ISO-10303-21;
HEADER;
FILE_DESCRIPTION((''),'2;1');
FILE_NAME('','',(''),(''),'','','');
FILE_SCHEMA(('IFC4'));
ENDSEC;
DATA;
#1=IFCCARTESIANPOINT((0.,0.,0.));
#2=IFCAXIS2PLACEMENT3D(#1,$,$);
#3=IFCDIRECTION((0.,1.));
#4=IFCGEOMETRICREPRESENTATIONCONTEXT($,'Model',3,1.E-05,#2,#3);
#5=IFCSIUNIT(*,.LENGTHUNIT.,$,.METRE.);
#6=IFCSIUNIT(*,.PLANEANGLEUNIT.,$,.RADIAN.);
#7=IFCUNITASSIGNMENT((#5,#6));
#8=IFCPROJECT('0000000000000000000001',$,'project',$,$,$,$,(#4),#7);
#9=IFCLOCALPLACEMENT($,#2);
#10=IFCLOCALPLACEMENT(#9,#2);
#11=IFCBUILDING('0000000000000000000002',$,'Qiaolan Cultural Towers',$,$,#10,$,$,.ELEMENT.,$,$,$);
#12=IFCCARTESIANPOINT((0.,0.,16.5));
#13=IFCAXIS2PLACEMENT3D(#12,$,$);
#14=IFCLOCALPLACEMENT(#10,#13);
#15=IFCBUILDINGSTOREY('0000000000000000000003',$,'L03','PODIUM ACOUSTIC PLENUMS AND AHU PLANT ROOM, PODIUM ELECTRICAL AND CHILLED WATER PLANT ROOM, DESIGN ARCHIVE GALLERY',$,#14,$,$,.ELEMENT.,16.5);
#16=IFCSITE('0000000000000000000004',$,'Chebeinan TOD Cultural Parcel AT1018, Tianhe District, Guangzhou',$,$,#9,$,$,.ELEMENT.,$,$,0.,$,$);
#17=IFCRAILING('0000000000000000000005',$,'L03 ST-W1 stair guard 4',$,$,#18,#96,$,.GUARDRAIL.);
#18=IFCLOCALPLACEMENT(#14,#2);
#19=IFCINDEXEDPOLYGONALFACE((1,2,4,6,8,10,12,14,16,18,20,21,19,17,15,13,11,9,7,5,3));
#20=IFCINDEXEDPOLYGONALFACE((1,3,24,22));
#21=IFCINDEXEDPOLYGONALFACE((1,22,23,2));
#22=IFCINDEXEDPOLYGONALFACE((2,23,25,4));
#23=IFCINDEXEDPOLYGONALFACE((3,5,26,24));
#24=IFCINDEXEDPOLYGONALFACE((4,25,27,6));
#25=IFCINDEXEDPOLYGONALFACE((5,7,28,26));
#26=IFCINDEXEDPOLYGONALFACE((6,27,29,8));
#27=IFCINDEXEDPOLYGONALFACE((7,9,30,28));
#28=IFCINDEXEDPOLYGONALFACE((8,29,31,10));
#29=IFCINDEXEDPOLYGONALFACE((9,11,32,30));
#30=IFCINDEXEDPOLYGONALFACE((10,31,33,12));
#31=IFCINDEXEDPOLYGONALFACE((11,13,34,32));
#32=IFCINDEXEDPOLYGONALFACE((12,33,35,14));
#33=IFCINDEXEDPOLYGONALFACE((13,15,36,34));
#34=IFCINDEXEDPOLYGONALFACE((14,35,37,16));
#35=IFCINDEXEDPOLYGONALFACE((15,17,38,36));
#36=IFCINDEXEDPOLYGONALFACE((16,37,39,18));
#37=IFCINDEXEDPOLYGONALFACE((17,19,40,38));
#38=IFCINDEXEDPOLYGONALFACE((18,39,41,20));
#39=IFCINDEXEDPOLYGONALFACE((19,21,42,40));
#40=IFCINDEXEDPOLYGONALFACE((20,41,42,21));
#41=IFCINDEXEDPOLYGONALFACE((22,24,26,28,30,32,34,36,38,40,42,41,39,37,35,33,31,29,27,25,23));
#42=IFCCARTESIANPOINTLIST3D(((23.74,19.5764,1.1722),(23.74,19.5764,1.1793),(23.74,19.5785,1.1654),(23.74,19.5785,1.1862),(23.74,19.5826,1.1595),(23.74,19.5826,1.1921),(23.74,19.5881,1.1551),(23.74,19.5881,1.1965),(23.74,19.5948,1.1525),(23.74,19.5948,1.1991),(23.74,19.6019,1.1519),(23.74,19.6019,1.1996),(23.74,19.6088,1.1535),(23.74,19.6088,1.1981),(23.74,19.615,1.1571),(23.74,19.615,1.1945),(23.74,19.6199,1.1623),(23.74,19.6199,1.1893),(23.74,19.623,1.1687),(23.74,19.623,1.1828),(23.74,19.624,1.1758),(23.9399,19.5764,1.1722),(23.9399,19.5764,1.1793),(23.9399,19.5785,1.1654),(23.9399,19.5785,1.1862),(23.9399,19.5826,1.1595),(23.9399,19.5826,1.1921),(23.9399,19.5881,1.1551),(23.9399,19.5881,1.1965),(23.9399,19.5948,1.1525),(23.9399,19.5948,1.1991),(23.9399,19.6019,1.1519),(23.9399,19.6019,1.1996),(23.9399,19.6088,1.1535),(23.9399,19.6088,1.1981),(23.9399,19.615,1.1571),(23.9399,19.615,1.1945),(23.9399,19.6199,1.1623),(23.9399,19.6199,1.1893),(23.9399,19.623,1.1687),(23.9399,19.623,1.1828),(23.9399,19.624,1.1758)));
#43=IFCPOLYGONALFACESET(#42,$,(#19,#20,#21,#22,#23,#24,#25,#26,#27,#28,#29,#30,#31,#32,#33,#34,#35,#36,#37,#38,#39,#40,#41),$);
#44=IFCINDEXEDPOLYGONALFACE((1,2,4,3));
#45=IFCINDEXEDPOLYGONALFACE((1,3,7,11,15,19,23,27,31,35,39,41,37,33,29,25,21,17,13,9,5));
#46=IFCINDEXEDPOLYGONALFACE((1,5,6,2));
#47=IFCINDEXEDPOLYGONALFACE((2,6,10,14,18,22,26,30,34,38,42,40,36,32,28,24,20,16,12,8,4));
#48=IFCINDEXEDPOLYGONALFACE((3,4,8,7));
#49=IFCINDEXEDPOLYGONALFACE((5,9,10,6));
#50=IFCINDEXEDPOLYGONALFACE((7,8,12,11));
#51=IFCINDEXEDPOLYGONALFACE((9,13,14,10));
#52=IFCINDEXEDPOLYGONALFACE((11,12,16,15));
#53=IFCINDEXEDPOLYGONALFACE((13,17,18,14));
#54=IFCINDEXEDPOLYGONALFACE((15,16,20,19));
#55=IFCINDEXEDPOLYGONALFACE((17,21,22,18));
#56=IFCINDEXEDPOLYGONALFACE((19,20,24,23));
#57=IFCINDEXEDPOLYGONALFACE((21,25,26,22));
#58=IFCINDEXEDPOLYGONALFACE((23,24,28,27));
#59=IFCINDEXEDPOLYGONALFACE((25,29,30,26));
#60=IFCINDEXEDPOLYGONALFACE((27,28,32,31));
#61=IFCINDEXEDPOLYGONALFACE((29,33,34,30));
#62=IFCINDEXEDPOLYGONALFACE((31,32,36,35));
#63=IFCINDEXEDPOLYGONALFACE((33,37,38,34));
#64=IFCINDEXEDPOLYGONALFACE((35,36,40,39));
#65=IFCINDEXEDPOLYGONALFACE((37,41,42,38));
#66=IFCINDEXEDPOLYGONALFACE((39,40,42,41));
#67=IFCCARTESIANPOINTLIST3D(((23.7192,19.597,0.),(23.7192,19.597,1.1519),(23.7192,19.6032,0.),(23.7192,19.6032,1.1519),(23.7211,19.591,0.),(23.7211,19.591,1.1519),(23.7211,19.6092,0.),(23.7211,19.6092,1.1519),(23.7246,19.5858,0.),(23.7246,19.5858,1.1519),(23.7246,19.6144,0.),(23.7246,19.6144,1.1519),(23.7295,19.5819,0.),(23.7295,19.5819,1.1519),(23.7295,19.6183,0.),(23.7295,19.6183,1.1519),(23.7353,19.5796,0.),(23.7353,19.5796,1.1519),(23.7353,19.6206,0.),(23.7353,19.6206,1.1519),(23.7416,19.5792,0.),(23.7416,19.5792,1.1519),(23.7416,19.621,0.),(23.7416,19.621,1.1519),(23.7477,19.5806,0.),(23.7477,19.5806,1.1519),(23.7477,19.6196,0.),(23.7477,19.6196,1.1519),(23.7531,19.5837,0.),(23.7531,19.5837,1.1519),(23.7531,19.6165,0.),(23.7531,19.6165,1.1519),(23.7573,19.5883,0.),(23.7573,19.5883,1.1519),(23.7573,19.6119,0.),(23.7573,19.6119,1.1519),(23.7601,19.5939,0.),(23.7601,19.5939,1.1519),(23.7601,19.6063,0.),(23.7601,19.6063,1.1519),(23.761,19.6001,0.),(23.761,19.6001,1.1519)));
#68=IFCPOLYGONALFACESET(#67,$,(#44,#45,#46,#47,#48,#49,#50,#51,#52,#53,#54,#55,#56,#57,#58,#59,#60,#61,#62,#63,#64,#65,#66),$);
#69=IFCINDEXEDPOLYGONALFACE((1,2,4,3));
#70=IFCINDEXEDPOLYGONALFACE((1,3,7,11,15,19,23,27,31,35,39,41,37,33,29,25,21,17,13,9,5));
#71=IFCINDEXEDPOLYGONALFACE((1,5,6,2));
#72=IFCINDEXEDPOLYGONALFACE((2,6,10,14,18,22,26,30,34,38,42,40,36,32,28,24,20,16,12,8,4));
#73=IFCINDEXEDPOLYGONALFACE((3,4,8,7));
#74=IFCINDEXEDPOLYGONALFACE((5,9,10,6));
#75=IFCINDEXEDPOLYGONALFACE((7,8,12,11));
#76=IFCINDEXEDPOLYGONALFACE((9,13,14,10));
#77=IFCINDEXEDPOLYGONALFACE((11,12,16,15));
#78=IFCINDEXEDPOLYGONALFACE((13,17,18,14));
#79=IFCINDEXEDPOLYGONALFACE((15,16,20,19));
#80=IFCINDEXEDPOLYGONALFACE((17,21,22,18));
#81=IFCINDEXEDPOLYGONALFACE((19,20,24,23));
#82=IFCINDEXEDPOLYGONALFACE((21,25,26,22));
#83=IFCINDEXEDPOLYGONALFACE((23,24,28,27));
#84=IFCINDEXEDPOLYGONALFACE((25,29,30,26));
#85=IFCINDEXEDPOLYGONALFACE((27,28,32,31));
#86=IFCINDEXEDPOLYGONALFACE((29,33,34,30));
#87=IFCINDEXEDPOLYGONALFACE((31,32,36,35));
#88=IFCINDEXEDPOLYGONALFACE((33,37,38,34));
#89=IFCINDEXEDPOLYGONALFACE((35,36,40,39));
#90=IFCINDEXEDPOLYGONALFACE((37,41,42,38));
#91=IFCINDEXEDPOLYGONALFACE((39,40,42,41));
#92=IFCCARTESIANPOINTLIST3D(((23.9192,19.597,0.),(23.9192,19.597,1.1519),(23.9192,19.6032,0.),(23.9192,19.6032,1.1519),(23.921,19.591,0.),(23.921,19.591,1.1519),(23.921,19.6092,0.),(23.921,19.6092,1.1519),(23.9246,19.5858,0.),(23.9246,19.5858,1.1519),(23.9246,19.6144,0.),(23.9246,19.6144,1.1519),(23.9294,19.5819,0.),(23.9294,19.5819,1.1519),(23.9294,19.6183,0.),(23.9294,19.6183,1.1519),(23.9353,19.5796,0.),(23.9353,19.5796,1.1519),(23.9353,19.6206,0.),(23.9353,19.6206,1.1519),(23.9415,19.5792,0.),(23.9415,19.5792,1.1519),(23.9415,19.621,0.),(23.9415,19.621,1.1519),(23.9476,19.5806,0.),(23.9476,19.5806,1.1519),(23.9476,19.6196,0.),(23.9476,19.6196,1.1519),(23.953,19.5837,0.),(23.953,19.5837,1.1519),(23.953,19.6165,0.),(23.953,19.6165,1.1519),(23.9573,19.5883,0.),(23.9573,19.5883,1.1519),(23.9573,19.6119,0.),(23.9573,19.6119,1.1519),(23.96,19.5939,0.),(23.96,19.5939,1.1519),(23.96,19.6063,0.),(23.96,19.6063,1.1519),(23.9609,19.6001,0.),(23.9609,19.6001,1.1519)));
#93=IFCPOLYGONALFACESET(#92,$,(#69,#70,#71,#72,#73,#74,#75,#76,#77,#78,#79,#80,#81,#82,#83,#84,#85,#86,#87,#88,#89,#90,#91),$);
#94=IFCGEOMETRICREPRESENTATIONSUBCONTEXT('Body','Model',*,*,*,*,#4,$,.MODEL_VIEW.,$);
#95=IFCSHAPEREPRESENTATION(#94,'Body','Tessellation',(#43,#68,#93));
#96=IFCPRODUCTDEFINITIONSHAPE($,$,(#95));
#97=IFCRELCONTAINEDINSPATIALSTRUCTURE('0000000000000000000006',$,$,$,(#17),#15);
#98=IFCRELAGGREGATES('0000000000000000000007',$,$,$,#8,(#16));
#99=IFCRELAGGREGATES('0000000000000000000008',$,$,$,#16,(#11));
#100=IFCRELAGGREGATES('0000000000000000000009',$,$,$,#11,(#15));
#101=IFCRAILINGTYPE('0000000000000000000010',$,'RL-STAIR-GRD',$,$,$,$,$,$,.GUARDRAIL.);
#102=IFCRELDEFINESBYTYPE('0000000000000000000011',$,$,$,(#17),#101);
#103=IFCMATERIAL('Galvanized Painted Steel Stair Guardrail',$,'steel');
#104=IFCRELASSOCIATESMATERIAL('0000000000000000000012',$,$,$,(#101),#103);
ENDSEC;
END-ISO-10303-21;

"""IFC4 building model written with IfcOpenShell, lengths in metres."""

from ifc_helpers import new_model, si_unit, direction, frame, origin, origin_2d, place, context, subcontext, project, spatial, circle, extrude, material, type_object, element, save


model = new_model("IFC4")

# Units and contexts
model_context = context("Model", 3, precision=1e-05, world=origin(), true_north=direction((0.0, 1.0)))
body_context = subcontext(model_context, "Body", "Model", "MODEL_VIEW")
ifc_project = project(units=[si_unit("LENGTHUNIT", "METRE"), si_unit("PLANEANGLEUNIT", "RADIAN")], contexts=[model_context])

# Site, building, storey
site_placement = place(None, origin())
site = spatial("IfcSite", under=ifc_project, at=site_placement, Name="Chebeinan TOD Cultural Parcel AT1018, Tianhe District, Guangzhou", CompositionType="ELEMENT", RefElevation=0.0)
building_placement = place(site_placement, origin())
building = spatial("IfcBuilding", under=site, at=building_placement, Name="Qiaolan Cultural Towers", CompositionType="ELEMENT")
storey_placement = place(building_placement, frame((0.0, 0.0, 16.5)))
storey = spatial("IfcBuildingStorey", under=building, at=storey_placement, Name="L03", Description="PODIUM ACOUSTIC PLENUMS AND AHU PLANT ROOM, PODIUM ELECTRICAL AND CHILLED WATER PLANT ROOM, DESIGN ARCHIVE GALLERY", CompositionType="ELEMENT", Elevation=16.5)

# Railing
ifc_material_1 = material(Name="Galvanized Painted Steel Stair Guardrail", Category="steel")
railing_type_1 = type_object("IfcRailingType", Name="RL-STAIR-GRD", PredefinedType="GUARDRAIL", material=ifc_material_1)
railing_1_placement = place(storey_placement, frame((23.74, 19.6001, 0.0)))
element("IfcRailing", 1, at=railing_1_placement, inside=storey, type_object=railing_type_1, Name="L03 ST-W1 stair guard 4", PredefinedType="GUARDRAIL", context=body_context, shape_type="SweptSolid", body=[
    extrude(circle(Radius=0.0239, at=origin_2d()), frame((0.0, 0.0, 1.1758), z_axis=(1.0, 0.0, 0.0), x_axis=(0.0, 1.0, 0.0)), (0.0, 0.0, 1.0), 0.2),
    extrude(circle(Radius=0.021, at=origin_2d()), origin(), (0.0, 0.0, 1.0), 1.1519),
    extrude(circle(Radius=0.021, at=origin_2d()), frame((0.2, 0.0, 0.0)), (0.0, 0.0, 1.0), 1.1519),
])

save(model, "model.ifc")
